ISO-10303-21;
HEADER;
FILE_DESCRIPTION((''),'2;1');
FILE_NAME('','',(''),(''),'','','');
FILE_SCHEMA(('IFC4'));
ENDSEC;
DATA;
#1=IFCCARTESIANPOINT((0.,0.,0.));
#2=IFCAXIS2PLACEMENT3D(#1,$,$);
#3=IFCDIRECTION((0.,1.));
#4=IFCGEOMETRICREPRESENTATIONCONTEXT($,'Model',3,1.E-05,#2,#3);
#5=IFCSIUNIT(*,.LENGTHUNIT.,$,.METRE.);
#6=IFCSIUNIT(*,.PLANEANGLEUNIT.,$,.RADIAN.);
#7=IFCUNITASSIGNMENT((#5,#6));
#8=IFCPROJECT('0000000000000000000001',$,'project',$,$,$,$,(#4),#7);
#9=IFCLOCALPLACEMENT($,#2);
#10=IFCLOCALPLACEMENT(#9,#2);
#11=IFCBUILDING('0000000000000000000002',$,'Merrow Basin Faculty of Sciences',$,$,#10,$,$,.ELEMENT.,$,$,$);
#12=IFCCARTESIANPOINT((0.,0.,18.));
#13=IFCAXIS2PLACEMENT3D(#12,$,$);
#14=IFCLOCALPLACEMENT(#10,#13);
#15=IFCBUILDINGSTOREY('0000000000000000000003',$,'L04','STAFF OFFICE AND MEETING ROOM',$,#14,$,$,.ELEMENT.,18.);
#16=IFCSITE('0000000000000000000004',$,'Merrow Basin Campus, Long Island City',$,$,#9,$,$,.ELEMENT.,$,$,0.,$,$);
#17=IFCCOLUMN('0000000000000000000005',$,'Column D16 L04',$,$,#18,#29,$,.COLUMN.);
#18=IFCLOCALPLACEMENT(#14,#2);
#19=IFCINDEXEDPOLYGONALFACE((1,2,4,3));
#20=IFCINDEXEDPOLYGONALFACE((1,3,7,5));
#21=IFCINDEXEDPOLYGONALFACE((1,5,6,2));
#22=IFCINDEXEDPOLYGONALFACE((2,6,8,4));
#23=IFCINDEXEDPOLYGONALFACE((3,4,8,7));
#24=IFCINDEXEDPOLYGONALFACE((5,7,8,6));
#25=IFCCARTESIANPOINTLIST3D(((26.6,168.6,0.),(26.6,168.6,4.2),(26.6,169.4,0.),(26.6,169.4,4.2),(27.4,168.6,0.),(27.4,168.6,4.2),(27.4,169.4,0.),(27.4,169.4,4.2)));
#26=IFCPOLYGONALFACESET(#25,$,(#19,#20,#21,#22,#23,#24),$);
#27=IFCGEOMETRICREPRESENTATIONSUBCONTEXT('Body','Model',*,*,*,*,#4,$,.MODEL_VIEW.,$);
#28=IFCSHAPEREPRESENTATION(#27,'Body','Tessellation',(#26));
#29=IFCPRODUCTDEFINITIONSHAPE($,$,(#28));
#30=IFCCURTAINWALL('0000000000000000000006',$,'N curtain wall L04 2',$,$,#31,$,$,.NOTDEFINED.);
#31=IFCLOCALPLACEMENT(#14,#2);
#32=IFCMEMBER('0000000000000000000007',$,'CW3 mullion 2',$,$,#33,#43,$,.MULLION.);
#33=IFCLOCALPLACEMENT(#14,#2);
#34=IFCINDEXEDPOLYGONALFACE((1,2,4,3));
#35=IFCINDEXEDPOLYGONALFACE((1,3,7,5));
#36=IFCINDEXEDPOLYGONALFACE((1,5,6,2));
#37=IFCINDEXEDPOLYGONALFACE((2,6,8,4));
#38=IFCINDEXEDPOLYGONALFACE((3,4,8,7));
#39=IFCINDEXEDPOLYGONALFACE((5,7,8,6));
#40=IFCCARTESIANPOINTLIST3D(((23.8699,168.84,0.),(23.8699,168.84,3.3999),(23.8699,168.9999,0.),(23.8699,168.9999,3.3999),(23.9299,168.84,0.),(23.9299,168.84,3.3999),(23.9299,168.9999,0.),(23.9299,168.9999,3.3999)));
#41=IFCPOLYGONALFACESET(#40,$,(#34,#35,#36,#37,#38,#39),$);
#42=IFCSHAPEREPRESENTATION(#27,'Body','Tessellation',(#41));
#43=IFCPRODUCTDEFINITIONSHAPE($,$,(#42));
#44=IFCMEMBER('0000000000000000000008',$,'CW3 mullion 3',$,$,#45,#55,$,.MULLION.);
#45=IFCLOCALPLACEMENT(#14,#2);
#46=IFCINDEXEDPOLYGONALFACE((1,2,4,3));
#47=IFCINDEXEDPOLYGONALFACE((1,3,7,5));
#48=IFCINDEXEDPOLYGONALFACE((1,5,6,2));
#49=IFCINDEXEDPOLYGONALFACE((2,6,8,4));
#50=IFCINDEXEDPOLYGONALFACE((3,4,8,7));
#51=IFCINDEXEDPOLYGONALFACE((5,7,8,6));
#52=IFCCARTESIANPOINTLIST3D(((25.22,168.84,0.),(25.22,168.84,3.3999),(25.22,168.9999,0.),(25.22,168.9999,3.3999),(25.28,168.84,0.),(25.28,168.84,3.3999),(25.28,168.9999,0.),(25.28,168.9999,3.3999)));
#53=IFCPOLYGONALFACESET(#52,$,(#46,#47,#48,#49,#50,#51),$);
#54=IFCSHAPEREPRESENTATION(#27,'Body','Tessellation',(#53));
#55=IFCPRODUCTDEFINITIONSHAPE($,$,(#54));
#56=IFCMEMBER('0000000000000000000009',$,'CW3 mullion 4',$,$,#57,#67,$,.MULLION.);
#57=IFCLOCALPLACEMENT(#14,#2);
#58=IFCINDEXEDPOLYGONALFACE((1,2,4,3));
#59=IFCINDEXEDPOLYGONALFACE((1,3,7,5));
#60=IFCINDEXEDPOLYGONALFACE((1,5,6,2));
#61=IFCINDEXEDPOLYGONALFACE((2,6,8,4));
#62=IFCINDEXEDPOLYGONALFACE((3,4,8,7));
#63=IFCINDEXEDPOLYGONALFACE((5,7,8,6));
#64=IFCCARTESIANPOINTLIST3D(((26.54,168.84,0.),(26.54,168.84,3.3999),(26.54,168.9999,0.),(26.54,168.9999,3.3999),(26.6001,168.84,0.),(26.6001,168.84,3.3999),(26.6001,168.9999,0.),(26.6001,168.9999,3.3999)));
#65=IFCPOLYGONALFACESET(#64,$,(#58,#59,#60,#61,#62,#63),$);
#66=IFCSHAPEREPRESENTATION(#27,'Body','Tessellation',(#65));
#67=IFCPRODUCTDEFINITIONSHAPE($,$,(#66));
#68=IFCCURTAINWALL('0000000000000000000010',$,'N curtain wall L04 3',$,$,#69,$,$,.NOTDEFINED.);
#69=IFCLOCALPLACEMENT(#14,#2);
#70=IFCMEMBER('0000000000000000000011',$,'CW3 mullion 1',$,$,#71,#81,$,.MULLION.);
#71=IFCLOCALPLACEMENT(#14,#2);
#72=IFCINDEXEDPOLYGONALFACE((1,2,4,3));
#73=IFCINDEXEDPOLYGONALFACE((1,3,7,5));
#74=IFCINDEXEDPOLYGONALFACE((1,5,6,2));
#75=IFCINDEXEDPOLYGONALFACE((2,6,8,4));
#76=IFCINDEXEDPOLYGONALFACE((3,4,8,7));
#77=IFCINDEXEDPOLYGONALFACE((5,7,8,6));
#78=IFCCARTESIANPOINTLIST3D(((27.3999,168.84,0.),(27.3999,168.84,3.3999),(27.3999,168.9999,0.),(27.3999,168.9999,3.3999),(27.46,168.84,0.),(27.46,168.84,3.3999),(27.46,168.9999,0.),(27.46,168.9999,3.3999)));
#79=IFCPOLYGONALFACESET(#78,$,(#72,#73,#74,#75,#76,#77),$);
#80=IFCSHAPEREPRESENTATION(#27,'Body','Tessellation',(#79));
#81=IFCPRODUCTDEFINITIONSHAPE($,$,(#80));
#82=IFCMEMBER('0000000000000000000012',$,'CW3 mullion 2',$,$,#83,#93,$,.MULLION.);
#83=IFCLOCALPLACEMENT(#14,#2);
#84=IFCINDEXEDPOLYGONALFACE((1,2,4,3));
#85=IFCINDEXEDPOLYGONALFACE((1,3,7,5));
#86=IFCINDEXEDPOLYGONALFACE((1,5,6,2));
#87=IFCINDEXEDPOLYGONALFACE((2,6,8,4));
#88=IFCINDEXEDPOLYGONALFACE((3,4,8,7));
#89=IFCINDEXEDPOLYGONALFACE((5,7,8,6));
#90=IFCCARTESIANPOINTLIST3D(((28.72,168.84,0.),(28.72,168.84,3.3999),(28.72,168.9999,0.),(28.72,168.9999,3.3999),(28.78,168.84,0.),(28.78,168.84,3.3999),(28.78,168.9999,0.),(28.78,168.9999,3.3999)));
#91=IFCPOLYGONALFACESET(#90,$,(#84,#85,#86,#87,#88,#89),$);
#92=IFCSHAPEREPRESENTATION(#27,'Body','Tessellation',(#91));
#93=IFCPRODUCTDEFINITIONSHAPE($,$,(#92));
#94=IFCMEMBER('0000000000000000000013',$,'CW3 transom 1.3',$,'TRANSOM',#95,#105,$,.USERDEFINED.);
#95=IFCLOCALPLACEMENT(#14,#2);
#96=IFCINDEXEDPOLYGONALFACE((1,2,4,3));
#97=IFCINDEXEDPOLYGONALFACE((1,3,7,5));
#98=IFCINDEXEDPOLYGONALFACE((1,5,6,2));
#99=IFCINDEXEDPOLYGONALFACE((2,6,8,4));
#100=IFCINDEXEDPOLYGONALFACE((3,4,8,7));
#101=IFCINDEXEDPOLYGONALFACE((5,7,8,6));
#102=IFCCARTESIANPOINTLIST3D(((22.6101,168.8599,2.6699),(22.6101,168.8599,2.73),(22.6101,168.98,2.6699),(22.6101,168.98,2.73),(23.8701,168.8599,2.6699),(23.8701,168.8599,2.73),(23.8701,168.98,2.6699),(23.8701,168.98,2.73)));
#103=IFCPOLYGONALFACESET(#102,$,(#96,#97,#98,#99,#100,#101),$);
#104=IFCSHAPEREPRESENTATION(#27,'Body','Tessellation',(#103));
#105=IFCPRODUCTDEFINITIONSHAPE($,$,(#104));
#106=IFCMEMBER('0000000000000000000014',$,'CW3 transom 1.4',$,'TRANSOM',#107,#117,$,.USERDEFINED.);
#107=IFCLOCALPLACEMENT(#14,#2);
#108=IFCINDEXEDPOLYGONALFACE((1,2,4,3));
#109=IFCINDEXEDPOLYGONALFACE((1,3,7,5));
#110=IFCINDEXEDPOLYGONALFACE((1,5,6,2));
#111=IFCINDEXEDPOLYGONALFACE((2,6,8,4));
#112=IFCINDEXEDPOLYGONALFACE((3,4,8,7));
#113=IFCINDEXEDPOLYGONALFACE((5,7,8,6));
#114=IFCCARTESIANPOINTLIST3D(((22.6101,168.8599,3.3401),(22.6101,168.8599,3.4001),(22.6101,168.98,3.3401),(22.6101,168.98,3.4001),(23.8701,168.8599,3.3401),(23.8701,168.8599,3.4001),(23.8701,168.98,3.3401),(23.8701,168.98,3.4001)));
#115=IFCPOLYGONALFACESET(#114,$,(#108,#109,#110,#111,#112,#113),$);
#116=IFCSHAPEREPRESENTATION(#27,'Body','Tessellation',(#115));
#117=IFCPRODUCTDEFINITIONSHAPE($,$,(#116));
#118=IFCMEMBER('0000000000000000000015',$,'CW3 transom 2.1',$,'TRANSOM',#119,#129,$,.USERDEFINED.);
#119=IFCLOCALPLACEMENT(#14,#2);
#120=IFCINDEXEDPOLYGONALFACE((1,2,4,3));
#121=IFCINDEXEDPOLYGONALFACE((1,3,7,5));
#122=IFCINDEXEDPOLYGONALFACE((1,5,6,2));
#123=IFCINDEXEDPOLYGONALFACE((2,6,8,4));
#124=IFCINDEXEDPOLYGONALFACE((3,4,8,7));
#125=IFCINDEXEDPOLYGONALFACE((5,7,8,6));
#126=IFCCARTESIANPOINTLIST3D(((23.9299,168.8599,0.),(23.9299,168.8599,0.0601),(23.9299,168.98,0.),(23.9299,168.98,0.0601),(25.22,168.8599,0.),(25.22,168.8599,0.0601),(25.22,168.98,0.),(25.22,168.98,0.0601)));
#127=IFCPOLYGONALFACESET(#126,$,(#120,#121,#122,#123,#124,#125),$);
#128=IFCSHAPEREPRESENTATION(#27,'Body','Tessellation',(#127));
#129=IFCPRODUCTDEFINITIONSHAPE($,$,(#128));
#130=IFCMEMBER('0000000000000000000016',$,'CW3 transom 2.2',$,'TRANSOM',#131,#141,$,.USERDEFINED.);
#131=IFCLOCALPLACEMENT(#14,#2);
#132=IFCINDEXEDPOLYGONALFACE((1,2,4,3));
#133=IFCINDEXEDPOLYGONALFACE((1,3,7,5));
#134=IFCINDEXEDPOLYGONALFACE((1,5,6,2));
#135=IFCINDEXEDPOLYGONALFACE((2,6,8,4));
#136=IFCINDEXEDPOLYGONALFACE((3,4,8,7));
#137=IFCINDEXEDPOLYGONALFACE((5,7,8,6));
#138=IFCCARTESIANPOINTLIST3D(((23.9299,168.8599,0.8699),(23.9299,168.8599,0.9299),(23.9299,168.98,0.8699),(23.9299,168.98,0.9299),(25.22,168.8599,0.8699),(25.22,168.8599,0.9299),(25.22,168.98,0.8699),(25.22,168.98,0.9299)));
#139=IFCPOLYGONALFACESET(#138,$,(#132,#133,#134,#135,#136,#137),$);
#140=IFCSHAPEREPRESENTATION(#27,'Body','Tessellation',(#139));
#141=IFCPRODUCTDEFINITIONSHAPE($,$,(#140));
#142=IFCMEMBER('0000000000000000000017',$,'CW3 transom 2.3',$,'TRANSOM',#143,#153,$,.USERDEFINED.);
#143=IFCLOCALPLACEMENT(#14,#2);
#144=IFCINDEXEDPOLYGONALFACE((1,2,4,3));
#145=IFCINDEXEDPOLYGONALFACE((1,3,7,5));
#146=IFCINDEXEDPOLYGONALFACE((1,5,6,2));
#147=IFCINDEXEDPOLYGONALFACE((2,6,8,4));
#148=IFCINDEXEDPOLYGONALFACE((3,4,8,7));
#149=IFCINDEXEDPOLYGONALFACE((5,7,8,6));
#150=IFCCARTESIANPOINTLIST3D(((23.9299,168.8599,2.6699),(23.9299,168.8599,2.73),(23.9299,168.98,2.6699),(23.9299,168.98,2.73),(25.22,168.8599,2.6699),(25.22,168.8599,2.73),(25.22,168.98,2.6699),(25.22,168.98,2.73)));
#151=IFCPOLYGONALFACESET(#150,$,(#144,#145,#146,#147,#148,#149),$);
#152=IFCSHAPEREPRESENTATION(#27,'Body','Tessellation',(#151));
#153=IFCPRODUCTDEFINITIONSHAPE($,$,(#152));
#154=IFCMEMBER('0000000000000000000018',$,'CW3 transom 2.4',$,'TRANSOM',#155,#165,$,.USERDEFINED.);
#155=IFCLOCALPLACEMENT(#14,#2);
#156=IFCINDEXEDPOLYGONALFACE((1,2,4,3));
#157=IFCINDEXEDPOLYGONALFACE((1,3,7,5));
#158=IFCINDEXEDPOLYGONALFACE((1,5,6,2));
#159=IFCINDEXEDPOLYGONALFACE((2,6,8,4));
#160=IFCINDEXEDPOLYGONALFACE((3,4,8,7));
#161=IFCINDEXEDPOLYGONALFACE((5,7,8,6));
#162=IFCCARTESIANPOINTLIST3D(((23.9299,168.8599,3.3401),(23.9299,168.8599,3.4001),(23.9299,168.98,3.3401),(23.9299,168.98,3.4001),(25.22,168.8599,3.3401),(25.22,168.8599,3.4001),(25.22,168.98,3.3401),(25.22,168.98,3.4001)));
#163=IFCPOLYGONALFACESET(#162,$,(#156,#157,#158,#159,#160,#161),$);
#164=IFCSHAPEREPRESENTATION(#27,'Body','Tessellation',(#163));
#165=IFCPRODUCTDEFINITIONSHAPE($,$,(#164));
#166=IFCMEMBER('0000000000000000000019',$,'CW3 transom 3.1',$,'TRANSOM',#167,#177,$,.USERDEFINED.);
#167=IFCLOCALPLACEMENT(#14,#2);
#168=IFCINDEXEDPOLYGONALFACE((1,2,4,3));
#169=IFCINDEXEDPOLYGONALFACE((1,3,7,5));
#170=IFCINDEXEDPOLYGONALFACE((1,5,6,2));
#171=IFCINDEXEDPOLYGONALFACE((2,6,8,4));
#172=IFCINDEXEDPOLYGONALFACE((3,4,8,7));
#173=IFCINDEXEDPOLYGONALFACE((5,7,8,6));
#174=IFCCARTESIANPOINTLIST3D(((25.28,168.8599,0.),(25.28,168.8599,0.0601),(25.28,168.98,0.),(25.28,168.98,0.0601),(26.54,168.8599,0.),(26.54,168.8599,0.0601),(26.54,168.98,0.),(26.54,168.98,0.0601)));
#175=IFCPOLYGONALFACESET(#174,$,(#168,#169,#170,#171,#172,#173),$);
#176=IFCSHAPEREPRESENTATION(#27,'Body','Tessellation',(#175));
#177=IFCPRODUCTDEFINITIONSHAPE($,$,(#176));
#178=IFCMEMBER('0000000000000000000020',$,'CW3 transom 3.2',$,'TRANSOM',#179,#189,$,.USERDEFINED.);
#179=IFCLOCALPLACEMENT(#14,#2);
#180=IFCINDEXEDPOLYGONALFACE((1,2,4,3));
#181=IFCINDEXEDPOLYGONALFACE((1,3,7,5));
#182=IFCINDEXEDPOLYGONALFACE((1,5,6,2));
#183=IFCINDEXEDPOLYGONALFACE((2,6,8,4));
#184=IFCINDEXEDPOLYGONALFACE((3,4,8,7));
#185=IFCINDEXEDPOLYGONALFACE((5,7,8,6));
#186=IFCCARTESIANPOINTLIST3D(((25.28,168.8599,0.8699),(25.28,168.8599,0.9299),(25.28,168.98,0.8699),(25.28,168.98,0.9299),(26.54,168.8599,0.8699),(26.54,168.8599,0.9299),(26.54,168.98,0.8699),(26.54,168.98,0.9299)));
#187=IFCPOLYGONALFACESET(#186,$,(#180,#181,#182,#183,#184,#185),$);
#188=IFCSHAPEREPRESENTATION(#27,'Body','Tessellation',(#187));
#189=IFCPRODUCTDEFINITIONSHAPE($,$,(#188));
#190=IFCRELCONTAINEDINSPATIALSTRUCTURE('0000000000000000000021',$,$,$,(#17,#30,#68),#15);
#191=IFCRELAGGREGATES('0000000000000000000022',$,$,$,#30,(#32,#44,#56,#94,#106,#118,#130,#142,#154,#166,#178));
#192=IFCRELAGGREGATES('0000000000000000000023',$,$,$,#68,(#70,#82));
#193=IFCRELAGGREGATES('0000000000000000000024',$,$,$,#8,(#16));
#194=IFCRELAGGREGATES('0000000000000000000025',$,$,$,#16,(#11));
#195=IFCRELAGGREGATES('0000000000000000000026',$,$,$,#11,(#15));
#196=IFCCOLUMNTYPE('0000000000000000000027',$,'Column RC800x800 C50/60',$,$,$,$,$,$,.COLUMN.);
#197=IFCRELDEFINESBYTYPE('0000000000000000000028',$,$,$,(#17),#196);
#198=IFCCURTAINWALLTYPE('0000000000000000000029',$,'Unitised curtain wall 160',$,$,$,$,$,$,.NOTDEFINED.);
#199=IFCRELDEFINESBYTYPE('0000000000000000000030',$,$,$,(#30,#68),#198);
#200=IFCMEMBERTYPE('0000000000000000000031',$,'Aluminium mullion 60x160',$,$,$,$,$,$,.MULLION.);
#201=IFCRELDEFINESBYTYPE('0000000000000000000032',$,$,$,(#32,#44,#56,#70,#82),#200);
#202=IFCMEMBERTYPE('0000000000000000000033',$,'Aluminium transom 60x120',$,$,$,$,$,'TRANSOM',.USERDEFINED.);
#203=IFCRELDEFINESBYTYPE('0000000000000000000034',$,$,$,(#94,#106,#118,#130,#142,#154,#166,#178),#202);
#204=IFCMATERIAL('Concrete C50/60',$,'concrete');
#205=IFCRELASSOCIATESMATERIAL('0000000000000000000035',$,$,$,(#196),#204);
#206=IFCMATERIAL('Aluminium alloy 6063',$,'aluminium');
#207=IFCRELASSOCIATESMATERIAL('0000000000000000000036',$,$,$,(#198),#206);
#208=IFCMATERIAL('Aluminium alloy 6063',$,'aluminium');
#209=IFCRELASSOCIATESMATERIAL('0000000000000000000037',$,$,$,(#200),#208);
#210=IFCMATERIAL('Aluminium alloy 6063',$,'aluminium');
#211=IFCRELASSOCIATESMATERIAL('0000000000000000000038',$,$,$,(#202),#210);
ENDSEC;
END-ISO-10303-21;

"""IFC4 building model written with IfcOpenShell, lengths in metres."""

from ifc_helpers import new_model, si_unit, direction, frame, origin, origin_2d, place, context, subcontext, project, spatial, rectangle, extrude, material, material_profile, profile_set, type_object, element, aggregate, save


model = new_model("IFC4")

# Units and contexts
model_context = context("Model", 3, precision=1e-05, world=origin(), true_north=direction((0.0, 1.0)))
body_context = subcontext(model_context, "Body", "Model", "MODEL_VIEW")
ifc_project = project(units=[si_unit("LENGTHUNIT", "METRE"), si_unit("PLANEANGLEUNIT", "RADIAN")], contexts=[model_context])

# Site, building, storey
site_placement = place(None, origin())
site = spatial("IfcSite", under=ifc_project, at=site_placement, Name="Merrow Basin Campus, Long Island City", CompositionType="ELEMENT", RefElevation=0.0)
building_placement = place(site_placement, origin())
building = spatial("IfcBuilding", under=site, at=building_placement, Name="Merrow Basin Faculty of Sciences", CompositionType="ELEMENT")
storey_placement = place(building_placement, frame((0.0, 0.0, 18.0)))
storey = spatial("IfcBuildingStorey", under=building, at=storey_placement, Name="L04", Description="STAFF OFFICE AND MEETING ROOM", CompositionType="ELEMENT", Elevation=18.0)

# Column
ifc_material_1 = material(Name="Concrete C50/60", Category="concrete")
ifc_material_profile_1 = material_profile(ifc_material_1, rectangle(XDim=0.8, YDim=0.8, at=origin_2d()))
ifc_profile_set_1 = profile_set([ifc_material_profile_1], Name="Concrete C50/60")
column_type = type_object("IfcColumnType", Name="Column RC800x800 C50/60", PredefinedType="COLUMN", material=ifc_profile_set_1)
column_placement = place(storey_placement, frame((27.0, 169.0, 0.0), z_axis=(0.0, 0.0, 1.0), x_axis=(1.0, 0.0, 0.0)))
element("IfcColumn", 1, at=column_placement, inside=storey, type_object=column_type, Name="Column D16 L04", PredefinedType="COLUMN", context=body_context, shape_type="SweptSolid", body=[
    extrude(rectangle(XDim=0.8, YDim=0.8, at=origin_2d()), origin(), (0.0, 0.0, 1.0), 4.2),
])

# Curtain walls, members
ifc_material_2 = material(Name="Aluminium alloy 6063", Category="aluminium")
curtain_wall_type = type_object("IfcCurtainWallType", Name="Unitised curtain wall 160", PredefinedType="NOTDEFINED", material=ifc_material_2)
curtain_wall_1_placement = place(storey_placement, origin())
curtain_wall_1 = element("IfcCurtainWall", 2, at=curtain_wall_1_placement, inside=storey, type_object=curtain_wall_type, Name="N curtain wall L04 2", PredefinedType="NOTDEFINED")
ifc_material_3 = material(Name="Aluminium alloy 6063", Category="aluminium")
ifc_material_profile_2 = material_profile(ifc_material_3, rectangle(XDim=0.1599, YDim=0.0601, at=origin_2d()))
ifc_profile_set_2 = profile_set([ifc_material_profile_2], Name="Aluminium alloy 6063")
member_type_1 = type_object("IfcMemberType", Name="Aluminium mullion 60x160", PredefinedType="MULLION", material=ifc_profile_set_2)
member_1_placement = place(storey_placement, frame((23.8999, 168.9199, 0.0), z_axis=(0.0, 0.0, 1.0), x_axis=(0.0, 1.0, 0.0)))
member_1 = element("IfcMember", 3, at=member_1_placement, type_object=member_type_1, Name="CW3 mullion 2", PredefinedType="MULLION", context=body_context, shape_type="SweptSolid", body=[
    extrude(rectangle(XDim=0.1599, YDim=0.0601, at=origin_2d()), origin(), (0.0, 0.0, 1.0), 3.3999),
])
member_2_placement = place(storey_placement, frame((25.25, 168.9199, 0.0), z_axis=(0.0, 0.0, 1.0), x_axis=(0.0, 1.0, 0.0)))
member_2 = element("IfcMember", 4, at=member_2_placement, type_object=member_type_1, Name="CW3 mullion 3", PredefinedType="MULLION", context=body_context, shape_type="SweptSolid", body=[
    extrude(rectangle(XDim=0.1599, YDim=0.0601, at=origin_2d()), origin(), (0.0, 0.0, 1.0), 3.3999),
])
member_3_placement = place(storey_placement, frame((26.5701, 168.9199, 0.0), z_axis=(0.0, 0.0, 1.0), x_axis=(0.0, 1.0, 0.0)))
member_3 = element("IfcMember", 5, at=member_3_placement, type_object=member_type_1, Name="CW3 mullion 4", PredefinedType="MULLION", context=body_context, shape_type="SweptSolid", body=[
    extrude(rectangle(XDim=0.1599, YDim=0.0601, at=origin_2d()), origin(), (0.0, 0.0, 1.0), 3.3999),
])
curtain_wall_2_placement = place(storey_placement, origin())
curtain_wall_2 = element("IfcCurtainWall", 6, at=curtain_wall_2_placement, inside=storey, type_object=curtain_wall_type, Name="N curtain wall L04 3", PredefinedType="NOTDEFINED")
member_4_placement = place(storey_placement, frame((27.4299, 168.9199, 0.0), z_axis=(0.0, 0.0, 1.0), x_axis=(0.0, 1.0, 0.0)))
member_4 = element("IfcMember", 7, at=member_4_placement, type_object=member_type_1, Name="CW3 mullion 1", PredefinedType="MULLION", context=body_context, shape_type="SweptSolid", body=[
    extrude(rectangle(XDim=0.1599, YDim=0.0601, at=origin_2d()), origin(), (0.0, 0.0, 1.0), 3.3999),
])
member_5_placement = place(storey_placement, frame((28.75, 168.9199, 0.0), z_axis=(0.0, 0.0, 1.0), x_axis=(0.0, 1.0, 0.0)))
member_5 = element("IfcMember", 8, at=member_5_placement, type_object=member_type_1, Name="CW3 mullion 2", PredefinedType="MULLION", context=body_context, shape_type="SweptSolid", body=[
    extrude(rectangle(XDim=0.1599, YDim=0.0601, at=origin_2d()), origin(), (0.0, 0.0, 1.0), 3.3999),
])

# Members
ifc_material_4 = material(Name="Aluminium alloy 6063", Category="aluminium")
ifc_material_profile_3 = material_profile(ifc_material_4, rectangle(XDim=0.1201, YDim=0.0601, at=origin_2d()))
ifc_profile_set_3 = profile_set([ifc_material_profile_3], Name="Aluminium alloy 6063")
member_type_2 = type_object("IfcMemberType", Name="Aluminium transom 60x120", ElementType="TRANSOM", PredefinedType="USERDEFINED", material=ifc_profile_set_3)
member_6_placement = place(storey_placement, frame((22.6101, 168.9199, 2.7), z_axis=(1.0, 0.0, 0.0), x_axis=(0.0, 1.0, 0.0)))
member_6 = element("IfcMember", 9, at=member_6_placement, type_object=member_type_2, Name="CW3 transom 1.3", ObjectType="TRANSOM", PredefinedType="USERDEFINED", context=body_context, shape_type="SweptSolid", body=[
    extrude(rectangle(XDim=0.1201, YDim=0.0601, at=origin_2d()), origin(), (0.0, 0.0, 1.0), 1.26),
])
member_7_placement = place(storey_placement, frame((22.6101, 168.9199, 3.3701), z_axis=(1.0, 0.0, 0.0), x_axis=(0.0, 1.0, 0.0)))
member_7 = element("IfcMember", 10, at=member_7_placement, type_object=member_type_2, Name="CW3 transom 1.4", ObjectType="TRANSOM", PredefinedType="USERDEFINED", context=body_context, shape_type="SweptSolid", body=[
    extrude(rectangle(XDim=0.1201, YDim=0.0601, at=origin_2d()), origin(), (0.0, 0.0, 1.0), 1.26),
])
member_8_placement = place(storey_placement, frame((23.9299, 168.9199, 0.03), z_axis=(1.0, 0.0, 0.0), x_axis=(0.0, 1.0, 0.0)))
member_8 = element("IfcMember", 11, at=member_8_placement, type_object=member_type_2, Name="CW3 transom 2.1", ObjectType="TRANSOM", PredefinedType="USERDEFINED", context=body_context, shape_type="SweptSolid", body=[
    extrude(rectangle(XDim=0.1201, YDim=0.0601, at=origin_2d()), origin(), (0.0, 0.0, 1.0), 1.29),
])
member_9_placement = place(storey_placement, frame((23.9299, 168.9199, 0.8999), z_axis=(1.0, 0.0, 0.0), x_axis=(0.0, 1.0, 0.0)))
member_9 = element("IfcMember", 12, at=member_9_placement, type_object=member_type_2, Name="CW3 transom 2.2", ObjectType="TRANSOM", PredefinedType="USERDEFINED", context=body_context, shape_type="SweptSolid", body=[
    extrude(rectangle(XDim=0.1201, YDim=0.0601, at=origin_2d()), origin(), (0.0, 0.0, 1.0), 1.29),
])
member_10_placement = place(storey_placement, frame((23.9299, 168.9199, 2.7), z_axis=(1.0, 0.0, 0.0), x_axis=(0.0, 1.0, 0.0)))
member_10 = element("IfcMember", 13, at=member_10_placement, type_object=member_type_2, Name="CW3 transom 2.3", ObjectType="TRANSOM", PredefinedType="USERDEFINED", context=body_context, shape_type="SweptSolid", body=[
    extrude(rectangle(XDim=0.1201, YDim=0.0601, at=origin_2d()), origin(), (0.0, 0.0, 1.0), 1.29),
])
member_11_placement = place(storey_placement, frame((23.9299, 168.9199, 3.3701), z_axis=(1.0, 0.0, 0.0), x_axis=(0.0, 1.0, 0.0)))
member_11 = element("IfcMember", 14, at=member_11_placement, type_object=member_type_2, Name="CW3 transom 2.4", ObjectType="TRANSOM", PredefinedType="USERDEFINED", context=body_context, shape_type="SweptSolid", body=[
    extrude(rectangle(XDim=0.1201, YDim=0.0601, at=origin_2d()), origin(), (0.0, 0.0, 1.0), 1.29),
])
member_12_placement = place(storey_placement, frame((25.28, 168.9199, 0.03), z_axis=(1.0, 0.0, 0.0), x_axis=(0.0, 1.0, 0.0)))
member_12 = element("IfcMember", 15, at=member_12_placement, type_object=member_type_2, Name="CW3 transom 3.1", ObjectType="TRANSOM", PredefinedType="USERDEFINED", context=body_context, shape_type="SweptSolid", body=[
    extrude(rectangle(XDim=0.1201, YDim=0.0601, at=origin_2d()), origin(), (0.0, 0.0, 1.0), 1.26),
])
member_13_placement = place(storey_placement, frame((25.28, 168.9199, 0.8999), z_axis=(1.0, 0.0, 0.0), x_axis=(0.0, 1.0, 0.0)))
member_13 = element("IfcMember", 16, at=member_13_placement, type_object=member_type_2, Name="CW3 transom 3.2", ObjectType="TRANSOM", PredefinedType="USERDEFINED", context=body_context, shape_type="SweptSolid", body=[
    extrude(rectangle(XDim=0.1201, YDim=0.0601, at=origin_2d()), origin(), (0.0, 0.0, 1.0), 1.26),
])

aggregate(curtain_wall_1, [member_1, member_2, member_3, member_6, member_7, member_8, member_9, member_10, member_11, member_12, member_13])
aggregate(curtain_wall_2, [member_4, member_5])

save(model, "model.ifc")
